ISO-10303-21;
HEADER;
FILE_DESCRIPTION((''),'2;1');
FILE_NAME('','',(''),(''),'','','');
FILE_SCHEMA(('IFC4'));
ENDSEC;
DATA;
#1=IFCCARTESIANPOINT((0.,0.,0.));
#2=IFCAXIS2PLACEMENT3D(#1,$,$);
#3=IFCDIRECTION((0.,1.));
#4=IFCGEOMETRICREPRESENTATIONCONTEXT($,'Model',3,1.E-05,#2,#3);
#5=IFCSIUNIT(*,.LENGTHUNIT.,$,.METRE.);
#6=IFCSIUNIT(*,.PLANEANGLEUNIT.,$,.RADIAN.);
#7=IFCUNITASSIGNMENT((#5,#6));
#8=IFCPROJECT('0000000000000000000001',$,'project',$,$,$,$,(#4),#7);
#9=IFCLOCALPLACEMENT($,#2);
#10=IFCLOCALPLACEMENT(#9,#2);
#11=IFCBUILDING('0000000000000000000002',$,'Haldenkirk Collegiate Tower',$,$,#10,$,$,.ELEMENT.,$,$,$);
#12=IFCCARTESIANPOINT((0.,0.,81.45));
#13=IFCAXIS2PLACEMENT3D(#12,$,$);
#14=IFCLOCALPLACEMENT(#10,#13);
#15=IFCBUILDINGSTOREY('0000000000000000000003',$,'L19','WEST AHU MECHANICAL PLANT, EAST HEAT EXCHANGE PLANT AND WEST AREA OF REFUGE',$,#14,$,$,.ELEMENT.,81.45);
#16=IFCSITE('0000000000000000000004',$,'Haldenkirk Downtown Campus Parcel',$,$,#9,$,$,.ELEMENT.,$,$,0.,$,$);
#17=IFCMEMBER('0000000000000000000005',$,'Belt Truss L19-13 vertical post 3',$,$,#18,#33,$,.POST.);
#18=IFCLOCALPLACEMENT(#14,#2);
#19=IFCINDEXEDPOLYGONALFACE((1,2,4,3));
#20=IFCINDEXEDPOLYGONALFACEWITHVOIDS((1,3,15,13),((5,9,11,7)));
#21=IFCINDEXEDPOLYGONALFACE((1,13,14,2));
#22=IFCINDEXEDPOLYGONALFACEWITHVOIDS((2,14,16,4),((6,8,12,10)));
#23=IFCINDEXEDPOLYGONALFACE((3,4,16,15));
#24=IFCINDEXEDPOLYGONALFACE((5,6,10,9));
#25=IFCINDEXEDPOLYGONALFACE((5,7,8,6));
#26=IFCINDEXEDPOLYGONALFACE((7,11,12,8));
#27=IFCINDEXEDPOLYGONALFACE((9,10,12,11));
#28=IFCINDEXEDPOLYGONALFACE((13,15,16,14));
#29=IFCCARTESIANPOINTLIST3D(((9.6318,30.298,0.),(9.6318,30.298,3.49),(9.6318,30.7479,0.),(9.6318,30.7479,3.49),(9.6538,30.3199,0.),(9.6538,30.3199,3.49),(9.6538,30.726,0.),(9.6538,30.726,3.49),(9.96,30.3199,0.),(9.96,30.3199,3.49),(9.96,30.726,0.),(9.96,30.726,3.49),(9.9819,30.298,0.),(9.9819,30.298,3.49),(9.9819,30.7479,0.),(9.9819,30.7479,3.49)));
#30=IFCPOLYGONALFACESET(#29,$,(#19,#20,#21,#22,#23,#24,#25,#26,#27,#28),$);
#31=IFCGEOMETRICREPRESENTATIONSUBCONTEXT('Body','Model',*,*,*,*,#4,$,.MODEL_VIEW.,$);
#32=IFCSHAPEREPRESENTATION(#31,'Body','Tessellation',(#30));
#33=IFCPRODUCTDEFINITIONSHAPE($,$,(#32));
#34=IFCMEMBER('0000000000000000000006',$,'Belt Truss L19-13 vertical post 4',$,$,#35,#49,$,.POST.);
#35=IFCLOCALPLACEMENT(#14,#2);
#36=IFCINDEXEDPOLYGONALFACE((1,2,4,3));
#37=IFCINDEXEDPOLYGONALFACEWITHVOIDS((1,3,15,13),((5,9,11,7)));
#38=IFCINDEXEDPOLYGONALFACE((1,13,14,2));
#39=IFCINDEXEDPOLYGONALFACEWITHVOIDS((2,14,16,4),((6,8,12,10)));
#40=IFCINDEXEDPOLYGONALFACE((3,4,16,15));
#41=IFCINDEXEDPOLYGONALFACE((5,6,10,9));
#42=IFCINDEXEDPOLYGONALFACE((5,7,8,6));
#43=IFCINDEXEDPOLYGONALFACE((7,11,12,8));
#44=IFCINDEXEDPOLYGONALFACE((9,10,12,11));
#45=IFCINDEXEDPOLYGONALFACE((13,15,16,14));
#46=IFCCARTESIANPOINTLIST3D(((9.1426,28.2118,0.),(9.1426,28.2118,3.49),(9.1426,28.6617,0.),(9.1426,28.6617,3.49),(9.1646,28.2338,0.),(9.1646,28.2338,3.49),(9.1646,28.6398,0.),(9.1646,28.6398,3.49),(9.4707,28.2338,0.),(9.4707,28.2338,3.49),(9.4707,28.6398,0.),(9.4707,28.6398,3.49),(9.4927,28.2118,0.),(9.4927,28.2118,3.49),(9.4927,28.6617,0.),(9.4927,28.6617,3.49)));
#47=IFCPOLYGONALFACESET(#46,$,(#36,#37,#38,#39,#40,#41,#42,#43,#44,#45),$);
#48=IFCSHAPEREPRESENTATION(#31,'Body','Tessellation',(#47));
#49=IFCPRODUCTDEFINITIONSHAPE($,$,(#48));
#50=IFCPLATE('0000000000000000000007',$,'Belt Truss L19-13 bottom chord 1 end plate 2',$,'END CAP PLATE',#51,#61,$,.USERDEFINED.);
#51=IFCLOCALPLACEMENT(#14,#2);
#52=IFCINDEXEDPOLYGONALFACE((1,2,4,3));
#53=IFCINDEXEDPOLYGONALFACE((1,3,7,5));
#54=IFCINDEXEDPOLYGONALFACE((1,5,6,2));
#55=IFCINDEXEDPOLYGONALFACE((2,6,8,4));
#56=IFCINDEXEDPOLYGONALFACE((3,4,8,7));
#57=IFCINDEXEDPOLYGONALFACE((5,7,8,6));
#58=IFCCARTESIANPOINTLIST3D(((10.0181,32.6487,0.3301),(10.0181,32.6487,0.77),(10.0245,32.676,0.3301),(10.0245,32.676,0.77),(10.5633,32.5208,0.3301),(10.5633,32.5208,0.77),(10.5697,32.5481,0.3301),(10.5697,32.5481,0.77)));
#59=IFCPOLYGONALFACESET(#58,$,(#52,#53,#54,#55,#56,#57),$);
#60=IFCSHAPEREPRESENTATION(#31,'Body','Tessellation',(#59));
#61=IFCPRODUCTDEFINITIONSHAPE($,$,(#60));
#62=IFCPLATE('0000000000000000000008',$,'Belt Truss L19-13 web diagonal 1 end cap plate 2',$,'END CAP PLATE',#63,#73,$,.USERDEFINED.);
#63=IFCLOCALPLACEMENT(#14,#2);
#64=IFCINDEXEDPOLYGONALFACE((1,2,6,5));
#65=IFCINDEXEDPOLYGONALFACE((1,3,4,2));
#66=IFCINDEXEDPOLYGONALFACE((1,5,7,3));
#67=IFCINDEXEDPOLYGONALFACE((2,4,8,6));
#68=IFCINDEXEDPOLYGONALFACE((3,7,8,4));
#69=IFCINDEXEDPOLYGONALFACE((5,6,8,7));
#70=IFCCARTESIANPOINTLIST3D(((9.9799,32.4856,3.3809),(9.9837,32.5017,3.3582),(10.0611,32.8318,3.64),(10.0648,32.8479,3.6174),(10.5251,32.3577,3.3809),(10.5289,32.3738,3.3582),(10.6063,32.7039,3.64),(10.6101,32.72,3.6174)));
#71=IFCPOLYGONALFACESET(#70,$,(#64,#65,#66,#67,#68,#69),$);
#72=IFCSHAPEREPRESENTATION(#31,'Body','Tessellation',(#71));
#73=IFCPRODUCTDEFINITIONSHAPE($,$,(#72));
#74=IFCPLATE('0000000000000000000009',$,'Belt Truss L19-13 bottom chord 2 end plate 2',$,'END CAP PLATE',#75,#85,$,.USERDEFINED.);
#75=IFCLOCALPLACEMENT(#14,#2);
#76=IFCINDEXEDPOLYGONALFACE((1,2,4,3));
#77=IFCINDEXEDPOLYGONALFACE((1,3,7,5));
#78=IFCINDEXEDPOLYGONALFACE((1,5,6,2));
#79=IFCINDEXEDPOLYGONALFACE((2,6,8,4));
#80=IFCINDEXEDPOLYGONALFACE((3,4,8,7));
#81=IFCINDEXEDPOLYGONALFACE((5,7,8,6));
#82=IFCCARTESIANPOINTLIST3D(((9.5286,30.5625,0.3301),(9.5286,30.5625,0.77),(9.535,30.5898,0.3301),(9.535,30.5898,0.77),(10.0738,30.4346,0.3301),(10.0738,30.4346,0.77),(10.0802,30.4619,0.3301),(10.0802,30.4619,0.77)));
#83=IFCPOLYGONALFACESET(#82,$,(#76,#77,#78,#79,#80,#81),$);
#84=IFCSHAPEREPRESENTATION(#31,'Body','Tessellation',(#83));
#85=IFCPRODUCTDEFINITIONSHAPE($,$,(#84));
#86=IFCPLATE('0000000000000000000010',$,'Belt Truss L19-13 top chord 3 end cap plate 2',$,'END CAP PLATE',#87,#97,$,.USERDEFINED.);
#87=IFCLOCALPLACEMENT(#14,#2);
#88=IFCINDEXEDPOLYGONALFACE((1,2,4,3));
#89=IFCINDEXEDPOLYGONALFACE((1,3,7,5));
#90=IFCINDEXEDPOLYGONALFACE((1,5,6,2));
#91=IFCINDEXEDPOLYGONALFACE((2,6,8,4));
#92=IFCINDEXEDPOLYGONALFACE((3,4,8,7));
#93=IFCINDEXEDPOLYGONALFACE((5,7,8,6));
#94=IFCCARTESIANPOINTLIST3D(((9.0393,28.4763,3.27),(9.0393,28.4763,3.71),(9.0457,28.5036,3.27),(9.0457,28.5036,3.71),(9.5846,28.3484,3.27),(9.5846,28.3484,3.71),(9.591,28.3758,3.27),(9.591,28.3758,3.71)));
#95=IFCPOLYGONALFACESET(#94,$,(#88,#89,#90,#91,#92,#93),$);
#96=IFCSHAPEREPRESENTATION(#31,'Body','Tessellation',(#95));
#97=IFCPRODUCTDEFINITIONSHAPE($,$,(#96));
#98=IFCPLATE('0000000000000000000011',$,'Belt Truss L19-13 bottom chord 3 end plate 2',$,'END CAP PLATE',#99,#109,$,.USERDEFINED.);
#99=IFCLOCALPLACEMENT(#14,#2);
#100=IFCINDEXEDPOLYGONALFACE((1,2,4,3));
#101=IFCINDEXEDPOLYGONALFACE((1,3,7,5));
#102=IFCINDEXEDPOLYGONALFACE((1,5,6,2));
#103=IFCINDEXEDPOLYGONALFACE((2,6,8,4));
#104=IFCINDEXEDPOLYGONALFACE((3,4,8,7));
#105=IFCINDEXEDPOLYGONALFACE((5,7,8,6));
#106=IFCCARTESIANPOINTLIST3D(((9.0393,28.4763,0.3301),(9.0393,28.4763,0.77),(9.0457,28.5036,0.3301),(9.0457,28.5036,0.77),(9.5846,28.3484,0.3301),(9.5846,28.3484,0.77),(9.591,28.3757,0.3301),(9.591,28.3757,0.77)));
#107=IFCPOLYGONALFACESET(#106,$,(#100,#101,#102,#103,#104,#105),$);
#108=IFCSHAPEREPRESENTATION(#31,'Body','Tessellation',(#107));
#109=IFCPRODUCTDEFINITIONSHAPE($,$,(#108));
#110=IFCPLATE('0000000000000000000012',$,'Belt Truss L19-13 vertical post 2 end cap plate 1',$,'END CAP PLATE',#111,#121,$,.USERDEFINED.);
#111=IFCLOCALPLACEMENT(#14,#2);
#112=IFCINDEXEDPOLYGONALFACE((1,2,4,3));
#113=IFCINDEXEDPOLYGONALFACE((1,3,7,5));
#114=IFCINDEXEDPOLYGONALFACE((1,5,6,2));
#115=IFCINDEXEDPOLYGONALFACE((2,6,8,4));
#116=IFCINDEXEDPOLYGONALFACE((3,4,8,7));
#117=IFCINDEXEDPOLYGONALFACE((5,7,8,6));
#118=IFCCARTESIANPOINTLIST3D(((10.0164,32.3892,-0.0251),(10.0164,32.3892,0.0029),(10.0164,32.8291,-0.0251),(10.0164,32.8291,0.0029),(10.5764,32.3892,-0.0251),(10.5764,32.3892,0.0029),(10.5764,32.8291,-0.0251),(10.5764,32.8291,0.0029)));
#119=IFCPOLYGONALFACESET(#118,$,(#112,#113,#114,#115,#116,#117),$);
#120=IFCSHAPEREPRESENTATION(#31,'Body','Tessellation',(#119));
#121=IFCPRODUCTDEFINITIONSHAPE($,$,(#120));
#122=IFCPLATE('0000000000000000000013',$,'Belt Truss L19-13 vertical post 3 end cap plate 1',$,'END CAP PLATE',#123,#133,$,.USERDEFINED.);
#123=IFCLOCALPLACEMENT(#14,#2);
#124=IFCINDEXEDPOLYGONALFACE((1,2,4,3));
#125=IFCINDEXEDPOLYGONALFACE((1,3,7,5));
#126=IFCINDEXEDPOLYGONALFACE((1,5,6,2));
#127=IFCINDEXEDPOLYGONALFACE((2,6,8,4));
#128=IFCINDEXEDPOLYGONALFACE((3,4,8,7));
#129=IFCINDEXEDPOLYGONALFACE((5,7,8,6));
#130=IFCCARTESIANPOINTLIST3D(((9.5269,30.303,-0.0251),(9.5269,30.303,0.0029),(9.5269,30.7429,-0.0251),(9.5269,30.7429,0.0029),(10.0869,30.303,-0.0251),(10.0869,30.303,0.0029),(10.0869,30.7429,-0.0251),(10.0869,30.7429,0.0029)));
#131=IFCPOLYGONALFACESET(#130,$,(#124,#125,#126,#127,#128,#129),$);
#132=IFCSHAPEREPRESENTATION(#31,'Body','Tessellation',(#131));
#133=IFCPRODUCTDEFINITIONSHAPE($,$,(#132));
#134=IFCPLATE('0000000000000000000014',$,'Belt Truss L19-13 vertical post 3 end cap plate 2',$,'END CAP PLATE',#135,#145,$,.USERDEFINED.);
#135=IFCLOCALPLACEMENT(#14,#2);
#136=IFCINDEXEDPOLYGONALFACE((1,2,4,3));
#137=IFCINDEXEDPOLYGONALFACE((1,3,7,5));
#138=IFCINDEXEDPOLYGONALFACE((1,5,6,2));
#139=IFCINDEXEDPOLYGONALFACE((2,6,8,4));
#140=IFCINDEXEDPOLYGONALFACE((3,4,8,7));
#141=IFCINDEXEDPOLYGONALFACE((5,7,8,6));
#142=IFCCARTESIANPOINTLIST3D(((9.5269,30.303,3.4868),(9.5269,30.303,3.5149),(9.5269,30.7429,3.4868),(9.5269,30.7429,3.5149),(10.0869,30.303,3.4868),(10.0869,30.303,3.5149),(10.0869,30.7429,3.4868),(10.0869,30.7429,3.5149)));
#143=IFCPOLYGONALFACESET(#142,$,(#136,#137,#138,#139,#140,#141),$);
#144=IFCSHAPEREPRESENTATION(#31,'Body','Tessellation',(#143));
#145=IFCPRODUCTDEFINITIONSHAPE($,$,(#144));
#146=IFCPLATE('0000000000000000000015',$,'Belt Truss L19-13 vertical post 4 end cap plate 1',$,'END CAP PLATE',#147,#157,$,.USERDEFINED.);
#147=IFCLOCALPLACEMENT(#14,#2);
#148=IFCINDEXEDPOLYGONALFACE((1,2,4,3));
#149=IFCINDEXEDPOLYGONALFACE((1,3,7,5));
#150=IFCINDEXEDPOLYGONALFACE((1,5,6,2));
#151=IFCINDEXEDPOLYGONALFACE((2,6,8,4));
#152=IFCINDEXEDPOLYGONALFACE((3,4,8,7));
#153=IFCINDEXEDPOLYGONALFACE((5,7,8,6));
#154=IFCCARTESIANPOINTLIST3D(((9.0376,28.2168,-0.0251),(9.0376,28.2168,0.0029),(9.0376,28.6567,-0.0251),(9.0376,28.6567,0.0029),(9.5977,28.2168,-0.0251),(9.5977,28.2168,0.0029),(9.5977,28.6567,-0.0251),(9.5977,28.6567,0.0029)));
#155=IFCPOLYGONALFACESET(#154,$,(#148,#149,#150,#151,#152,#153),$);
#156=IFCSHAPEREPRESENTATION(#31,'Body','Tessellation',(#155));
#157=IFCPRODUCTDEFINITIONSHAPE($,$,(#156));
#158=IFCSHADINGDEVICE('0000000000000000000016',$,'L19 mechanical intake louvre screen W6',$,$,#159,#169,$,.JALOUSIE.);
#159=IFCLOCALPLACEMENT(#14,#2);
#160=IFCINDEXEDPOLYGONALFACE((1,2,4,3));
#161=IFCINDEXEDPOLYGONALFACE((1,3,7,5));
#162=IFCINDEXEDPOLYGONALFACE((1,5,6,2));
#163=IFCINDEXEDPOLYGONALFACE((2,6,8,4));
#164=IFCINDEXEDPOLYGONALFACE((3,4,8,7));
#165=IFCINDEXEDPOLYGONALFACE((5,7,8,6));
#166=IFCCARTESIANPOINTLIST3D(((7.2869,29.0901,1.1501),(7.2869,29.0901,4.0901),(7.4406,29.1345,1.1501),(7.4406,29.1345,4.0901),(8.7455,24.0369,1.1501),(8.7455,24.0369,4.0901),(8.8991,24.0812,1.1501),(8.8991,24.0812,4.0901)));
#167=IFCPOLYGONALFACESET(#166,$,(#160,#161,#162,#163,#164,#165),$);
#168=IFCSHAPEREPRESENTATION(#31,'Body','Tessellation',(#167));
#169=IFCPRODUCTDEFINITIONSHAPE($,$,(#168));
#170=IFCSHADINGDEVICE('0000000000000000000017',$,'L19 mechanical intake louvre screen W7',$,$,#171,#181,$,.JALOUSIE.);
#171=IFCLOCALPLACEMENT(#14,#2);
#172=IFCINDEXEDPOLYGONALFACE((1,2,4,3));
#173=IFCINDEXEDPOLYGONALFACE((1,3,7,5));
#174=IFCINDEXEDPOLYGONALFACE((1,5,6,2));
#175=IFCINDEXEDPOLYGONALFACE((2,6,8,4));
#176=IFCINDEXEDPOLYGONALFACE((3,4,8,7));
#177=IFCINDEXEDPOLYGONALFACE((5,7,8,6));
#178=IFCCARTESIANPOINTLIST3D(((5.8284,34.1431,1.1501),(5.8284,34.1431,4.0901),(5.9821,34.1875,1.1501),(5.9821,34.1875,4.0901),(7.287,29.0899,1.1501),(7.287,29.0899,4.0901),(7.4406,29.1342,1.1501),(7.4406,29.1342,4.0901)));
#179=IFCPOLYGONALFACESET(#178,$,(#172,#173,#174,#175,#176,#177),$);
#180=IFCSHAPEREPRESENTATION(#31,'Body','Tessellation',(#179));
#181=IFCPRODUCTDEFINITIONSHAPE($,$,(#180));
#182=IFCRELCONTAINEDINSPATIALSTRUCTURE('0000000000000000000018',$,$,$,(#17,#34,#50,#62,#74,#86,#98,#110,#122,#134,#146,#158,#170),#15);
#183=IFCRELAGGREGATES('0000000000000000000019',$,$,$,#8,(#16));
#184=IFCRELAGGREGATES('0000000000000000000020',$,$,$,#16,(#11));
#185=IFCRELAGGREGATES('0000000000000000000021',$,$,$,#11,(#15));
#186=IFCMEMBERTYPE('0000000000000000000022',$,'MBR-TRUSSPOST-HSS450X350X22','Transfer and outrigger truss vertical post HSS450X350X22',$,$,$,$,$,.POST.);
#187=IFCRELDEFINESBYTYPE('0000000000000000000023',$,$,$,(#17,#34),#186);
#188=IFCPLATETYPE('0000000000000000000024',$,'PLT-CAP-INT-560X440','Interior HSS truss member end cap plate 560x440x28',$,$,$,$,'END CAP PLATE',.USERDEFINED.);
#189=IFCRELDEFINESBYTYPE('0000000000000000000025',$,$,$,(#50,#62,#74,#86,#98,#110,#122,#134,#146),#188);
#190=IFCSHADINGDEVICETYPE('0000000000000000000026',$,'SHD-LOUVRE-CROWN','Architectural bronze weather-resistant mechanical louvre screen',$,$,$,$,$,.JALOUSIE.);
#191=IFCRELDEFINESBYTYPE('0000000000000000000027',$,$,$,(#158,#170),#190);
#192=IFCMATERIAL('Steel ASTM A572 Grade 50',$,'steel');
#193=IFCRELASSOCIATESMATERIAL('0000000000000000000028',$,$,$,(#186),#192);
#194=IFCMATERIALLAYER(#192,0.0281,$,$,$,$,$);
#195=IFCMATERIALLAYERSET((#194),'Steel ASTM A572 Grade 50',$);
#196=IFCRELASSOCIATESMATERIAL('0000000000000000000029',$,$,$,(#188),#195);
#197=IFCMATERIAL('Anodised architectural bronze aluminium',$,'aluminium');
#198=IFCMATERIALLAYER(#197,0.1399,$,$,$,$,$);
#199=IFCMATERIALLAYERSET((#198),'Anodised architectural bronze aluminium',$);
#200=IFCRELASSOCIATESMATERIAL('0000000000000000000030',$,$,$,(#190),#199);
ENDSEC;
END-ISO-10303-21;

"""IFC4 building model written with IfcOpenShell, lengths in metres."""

from ifc_helpers import new_model, si_unit, direction, frame, origin, origin_2d, place, context, subcontext, project, spatial, rectangle, hollow_rectangle, extrude, source, transform, mapped, material, layer, layer_set, material_profile, profile_set, type_object, element, save


model = new_model("IFC4")

# Units and contexts
model_context = context("Model", 3, precision=1e-05, world=origin(), true_north=direction((0.0, 1.0)))
body_context = subcontext(model_context, "Body", "Model", "MODEL_VIEW")
ifc_project = project(units=[si_unit("LENGTHUNIT", "METRE"), si_unit("PLANEANGLEUNIT", "RADIAN")], contexts=[model_context])

# Site, building, storey
site_placement = place(None, origin())
site = spatial("IfcSite", under=ifc_project, at=site_placement, Name="Haldenkirk Downtown Campus Parcel", CompositionType="ELEMENT", RefElevation=0.0)
building_placement = place(site_placement, origin())
building = spatial("IfcBuilding", under=site, at=building_placement, Name="Haldenkirk Collegiate Tower", CompositionType="ELEMENT")
storey_placement = place(building_placement, frame((0.0, 0.0, 81.45)))
storey = spatial("IfcBuildingStorey", under=building, at=storey_placement, Name="L19", Description="WEST AHU MECHANICAL PLANT, EAST HEAT EXCHANGE PLANT AND WEST AREA OF REFUGE", CompositionType="ELEMENT", Elevation=81.45)

# Members
ifc_material_1 = material(Name="Steel ASTM A572 Grade 50", Category="steel")
ifc_material_profile_1 = material_profile(ifc_material_1, hollow_rectangle(XDim=0.3501, YDim=0.45, WallThickness=0.022, at=origin_2d()), Name="HSS450X350X22")
ifc_profile_set_1 = profile_set([ifc_material_profile_1], Name="Steel ASTM A572 Grade 50")
member_type_1 = type_object("IfcMemberType", Name="MBR-TRUSSPOST-HSS450X350X22", Description="Transfer and outrigger truss vertical post HSS450X350X22", PredefinedType="POST", material=ifc_profile_set_1)
for number, where, z_axis, x_axis, name in (
    (1, (9.8069, 30.5229, 0.0), (0.0, 0.0, 1.0), (1.0, 0.0, 0.0), "Belt Truss L19-13 vertical post 3"),
    (2, (9.3176, 28.4368, 0.0), (0.0, 0.0, 1.0), (1.0, 0.0, 0.0), "Belt Truss L19-13 vertical post 4"),
):
    element("IfcMember", number, at=place(storey_placement, frame(where, z_axis=z_axis, x_axis=x_axis)), inside=storey, type_object=member_type_1, Name=name, PredefinedType="POST", context=body_context, shape_type="SweptSolid", body=[
        extrude(hollow_rectangle(XDim=0.3501, YDim=0.45, WallThickness=0.022, at=origin_2d()), origin(), (0.0, 0.0, 1.0), 3.49),
    ])

# Plates
ifc_layer_1 = layer(ifc_material_1, 0.0281)
ifc_layer_set_1 = layer_set([ifc_layer_1], Name="Steel ASTM A572 Grade 50")
plate_type = type_object("IfcPlateType", Name="PLT-CAP-INT-560X440", Description="Interior HSS truss member end cap plate 560x440x28", ElementType="END CAP PLATE", PredefinedType="USERDEFINED", material=ifc_layer_set_1)
shared_shape_1 = source(origin(), body_context, "Body", "SweptSolid", [
    extrude(rectangle(XDim=0.5601, YDim=0.4399, at=origin_2d()), origin(), (0.0, 0.0, 1.0), 0.0281),
])
for number, where, z_axis, x_axis, name in (
    (3, (10.2971, 32.6121, 0.55), (-0.228366, -0.973575, 0.0), (0.973575, -0.228366, 0.0), "Belt Truss L19-13 bottom chord 1 end plate 2"),
    (4, (10.2969, 32.6108, 3.4878), (-0.134498, -0.573424, 0.808143), (0.973578, -0.228355, 0.0), "Belt Truss L19-13 web diagonal 1 end cap plate 2"),
    (5, (9.8076, 30.5259, 0.55), (-0.228366, -0.973575, 0.0), (0.973575, -0.228366, 0.0), "Belt Truss L19-13 bottom chord 2 end plate 2"),
    (6, (9.3184, 28.4397, 3.49), (-0.228355, -0.973578, 0.0), (0.973578, -0.228355, 0.0), "Belt Truss L19-13 top chord 3 end cap plate 2"),
    (7, (9.3184, 28.4397, 0.55), (-0.228366, -0.973575, 0.0), (0.973575, -0.228366, 0.0), "Belt Truss L19-13 bottom chord 3 end plate 2"),
    (8, (10.2964, 32.6091, 0.0029), (0.0, 0.0, -1.0), (1.0, 0.0, 0.0), "Belt Truss L19-13 vertical post 2 end cap plate 1"),
    (9, (9.8069, 30.5229, 0.0029), (0.0, 0.0, -1.0), (1.0, 0.0, 0.0), "Belt Truss L19-13 vertical post 3 end cap plate 1"),
    (10, (9.8069, 30.5229, 3.4868), (0.0, 0.0, 1.0), (1.0, 0.0, 0.0), "Belt Truss L19-13 vertical post 3 end cap plate 2"),
    (11, (9.3176, 28.4368, 0.0029), (0.0, 0.0, -1.0), (1.0, 0.0, 0.0), "Belt Truss L19-13 vertical post 4 end cap plate 1"),
):
    element("IfcPlate", number, at=place(storey_placement, frame(where, z_axis=z_axis, x_axis=x_axis)), inside=storey, type_object=plate_type, Name=name, ObjectType="END CAP PLATE", PredefinedType="USERDEFINED", context=body_context, shape_type="MappedRepresentation", body=[
        mapped(shared_shape_1, transform((0.0, 0.0, 0.0), x_axis=(1.0, 0.0, 0.0), y_axis=(0.0, 1.0, 0.0), z_axis=(0.0, 0.0, 1.0), scale=1.0)),
    ])

# Shading devices
ifc_material_2 = material(Name="Anodised architectural bronze aluminium", Category="aluminium")
ifc_layer_2 = layer(ifc_material_2, 0.1399)
ifc_layer_set_2 = layer_set([ifc_layer_2], Name="Anodised architectural bronze aluminium")
shading_device_type = type_object("IfcShadingDeviceType", Name="SHD-LOUVRE-CROWN", Description="Architectural bronze weather-resistant mechanical louvre screen", PredefinedType="JALOUSIE", material=ifc_layer_set_2)
shared_shape_2 = source(origin(), body_context, "Body", "SweptSolid", [
    extrude(rectangle(XDim=5.2595, YDim=0.1599, at=origin_2d()), origin(), (0.0, 0.0, 1.0), 2.9399),
])
for number, where, z_axis, x_axis, name in (
    (12, (8.093, 26.5857, 1.1501), (0.0, 0.0, 1.0), (-0.277315, 0.960779, 0.0), "L19 mechanical intake louvre screen W6"),
    (13, (6.6345, 31.6387, 1.1501), (0.0, 0.0, 1.0), (-0.277315, 0.960779, 0.0), "L19 mechanical intake louvre screen W7"),
):
    element("IfcShadingDevice", number, at=place(storey_placement, frame(where, z_axis=z_axis, x_axis=x_axis)), inside=storey, type_object=shading_device_type, Name=name, PredefinedType="JALOUSIE", context=body_context, shape_type="MappedRepresentation", body=[
        mapped(shared_shape_2, transform((0.0, 0.0, 0.0), x_axis=(1.0, 0.0, 0.0), y_axis=(0.0, 1.0, 0.0), z_axis=(0.0, 0.0, 1.0), scale=1.0)),
    ])

save(model, "model.ifc")
